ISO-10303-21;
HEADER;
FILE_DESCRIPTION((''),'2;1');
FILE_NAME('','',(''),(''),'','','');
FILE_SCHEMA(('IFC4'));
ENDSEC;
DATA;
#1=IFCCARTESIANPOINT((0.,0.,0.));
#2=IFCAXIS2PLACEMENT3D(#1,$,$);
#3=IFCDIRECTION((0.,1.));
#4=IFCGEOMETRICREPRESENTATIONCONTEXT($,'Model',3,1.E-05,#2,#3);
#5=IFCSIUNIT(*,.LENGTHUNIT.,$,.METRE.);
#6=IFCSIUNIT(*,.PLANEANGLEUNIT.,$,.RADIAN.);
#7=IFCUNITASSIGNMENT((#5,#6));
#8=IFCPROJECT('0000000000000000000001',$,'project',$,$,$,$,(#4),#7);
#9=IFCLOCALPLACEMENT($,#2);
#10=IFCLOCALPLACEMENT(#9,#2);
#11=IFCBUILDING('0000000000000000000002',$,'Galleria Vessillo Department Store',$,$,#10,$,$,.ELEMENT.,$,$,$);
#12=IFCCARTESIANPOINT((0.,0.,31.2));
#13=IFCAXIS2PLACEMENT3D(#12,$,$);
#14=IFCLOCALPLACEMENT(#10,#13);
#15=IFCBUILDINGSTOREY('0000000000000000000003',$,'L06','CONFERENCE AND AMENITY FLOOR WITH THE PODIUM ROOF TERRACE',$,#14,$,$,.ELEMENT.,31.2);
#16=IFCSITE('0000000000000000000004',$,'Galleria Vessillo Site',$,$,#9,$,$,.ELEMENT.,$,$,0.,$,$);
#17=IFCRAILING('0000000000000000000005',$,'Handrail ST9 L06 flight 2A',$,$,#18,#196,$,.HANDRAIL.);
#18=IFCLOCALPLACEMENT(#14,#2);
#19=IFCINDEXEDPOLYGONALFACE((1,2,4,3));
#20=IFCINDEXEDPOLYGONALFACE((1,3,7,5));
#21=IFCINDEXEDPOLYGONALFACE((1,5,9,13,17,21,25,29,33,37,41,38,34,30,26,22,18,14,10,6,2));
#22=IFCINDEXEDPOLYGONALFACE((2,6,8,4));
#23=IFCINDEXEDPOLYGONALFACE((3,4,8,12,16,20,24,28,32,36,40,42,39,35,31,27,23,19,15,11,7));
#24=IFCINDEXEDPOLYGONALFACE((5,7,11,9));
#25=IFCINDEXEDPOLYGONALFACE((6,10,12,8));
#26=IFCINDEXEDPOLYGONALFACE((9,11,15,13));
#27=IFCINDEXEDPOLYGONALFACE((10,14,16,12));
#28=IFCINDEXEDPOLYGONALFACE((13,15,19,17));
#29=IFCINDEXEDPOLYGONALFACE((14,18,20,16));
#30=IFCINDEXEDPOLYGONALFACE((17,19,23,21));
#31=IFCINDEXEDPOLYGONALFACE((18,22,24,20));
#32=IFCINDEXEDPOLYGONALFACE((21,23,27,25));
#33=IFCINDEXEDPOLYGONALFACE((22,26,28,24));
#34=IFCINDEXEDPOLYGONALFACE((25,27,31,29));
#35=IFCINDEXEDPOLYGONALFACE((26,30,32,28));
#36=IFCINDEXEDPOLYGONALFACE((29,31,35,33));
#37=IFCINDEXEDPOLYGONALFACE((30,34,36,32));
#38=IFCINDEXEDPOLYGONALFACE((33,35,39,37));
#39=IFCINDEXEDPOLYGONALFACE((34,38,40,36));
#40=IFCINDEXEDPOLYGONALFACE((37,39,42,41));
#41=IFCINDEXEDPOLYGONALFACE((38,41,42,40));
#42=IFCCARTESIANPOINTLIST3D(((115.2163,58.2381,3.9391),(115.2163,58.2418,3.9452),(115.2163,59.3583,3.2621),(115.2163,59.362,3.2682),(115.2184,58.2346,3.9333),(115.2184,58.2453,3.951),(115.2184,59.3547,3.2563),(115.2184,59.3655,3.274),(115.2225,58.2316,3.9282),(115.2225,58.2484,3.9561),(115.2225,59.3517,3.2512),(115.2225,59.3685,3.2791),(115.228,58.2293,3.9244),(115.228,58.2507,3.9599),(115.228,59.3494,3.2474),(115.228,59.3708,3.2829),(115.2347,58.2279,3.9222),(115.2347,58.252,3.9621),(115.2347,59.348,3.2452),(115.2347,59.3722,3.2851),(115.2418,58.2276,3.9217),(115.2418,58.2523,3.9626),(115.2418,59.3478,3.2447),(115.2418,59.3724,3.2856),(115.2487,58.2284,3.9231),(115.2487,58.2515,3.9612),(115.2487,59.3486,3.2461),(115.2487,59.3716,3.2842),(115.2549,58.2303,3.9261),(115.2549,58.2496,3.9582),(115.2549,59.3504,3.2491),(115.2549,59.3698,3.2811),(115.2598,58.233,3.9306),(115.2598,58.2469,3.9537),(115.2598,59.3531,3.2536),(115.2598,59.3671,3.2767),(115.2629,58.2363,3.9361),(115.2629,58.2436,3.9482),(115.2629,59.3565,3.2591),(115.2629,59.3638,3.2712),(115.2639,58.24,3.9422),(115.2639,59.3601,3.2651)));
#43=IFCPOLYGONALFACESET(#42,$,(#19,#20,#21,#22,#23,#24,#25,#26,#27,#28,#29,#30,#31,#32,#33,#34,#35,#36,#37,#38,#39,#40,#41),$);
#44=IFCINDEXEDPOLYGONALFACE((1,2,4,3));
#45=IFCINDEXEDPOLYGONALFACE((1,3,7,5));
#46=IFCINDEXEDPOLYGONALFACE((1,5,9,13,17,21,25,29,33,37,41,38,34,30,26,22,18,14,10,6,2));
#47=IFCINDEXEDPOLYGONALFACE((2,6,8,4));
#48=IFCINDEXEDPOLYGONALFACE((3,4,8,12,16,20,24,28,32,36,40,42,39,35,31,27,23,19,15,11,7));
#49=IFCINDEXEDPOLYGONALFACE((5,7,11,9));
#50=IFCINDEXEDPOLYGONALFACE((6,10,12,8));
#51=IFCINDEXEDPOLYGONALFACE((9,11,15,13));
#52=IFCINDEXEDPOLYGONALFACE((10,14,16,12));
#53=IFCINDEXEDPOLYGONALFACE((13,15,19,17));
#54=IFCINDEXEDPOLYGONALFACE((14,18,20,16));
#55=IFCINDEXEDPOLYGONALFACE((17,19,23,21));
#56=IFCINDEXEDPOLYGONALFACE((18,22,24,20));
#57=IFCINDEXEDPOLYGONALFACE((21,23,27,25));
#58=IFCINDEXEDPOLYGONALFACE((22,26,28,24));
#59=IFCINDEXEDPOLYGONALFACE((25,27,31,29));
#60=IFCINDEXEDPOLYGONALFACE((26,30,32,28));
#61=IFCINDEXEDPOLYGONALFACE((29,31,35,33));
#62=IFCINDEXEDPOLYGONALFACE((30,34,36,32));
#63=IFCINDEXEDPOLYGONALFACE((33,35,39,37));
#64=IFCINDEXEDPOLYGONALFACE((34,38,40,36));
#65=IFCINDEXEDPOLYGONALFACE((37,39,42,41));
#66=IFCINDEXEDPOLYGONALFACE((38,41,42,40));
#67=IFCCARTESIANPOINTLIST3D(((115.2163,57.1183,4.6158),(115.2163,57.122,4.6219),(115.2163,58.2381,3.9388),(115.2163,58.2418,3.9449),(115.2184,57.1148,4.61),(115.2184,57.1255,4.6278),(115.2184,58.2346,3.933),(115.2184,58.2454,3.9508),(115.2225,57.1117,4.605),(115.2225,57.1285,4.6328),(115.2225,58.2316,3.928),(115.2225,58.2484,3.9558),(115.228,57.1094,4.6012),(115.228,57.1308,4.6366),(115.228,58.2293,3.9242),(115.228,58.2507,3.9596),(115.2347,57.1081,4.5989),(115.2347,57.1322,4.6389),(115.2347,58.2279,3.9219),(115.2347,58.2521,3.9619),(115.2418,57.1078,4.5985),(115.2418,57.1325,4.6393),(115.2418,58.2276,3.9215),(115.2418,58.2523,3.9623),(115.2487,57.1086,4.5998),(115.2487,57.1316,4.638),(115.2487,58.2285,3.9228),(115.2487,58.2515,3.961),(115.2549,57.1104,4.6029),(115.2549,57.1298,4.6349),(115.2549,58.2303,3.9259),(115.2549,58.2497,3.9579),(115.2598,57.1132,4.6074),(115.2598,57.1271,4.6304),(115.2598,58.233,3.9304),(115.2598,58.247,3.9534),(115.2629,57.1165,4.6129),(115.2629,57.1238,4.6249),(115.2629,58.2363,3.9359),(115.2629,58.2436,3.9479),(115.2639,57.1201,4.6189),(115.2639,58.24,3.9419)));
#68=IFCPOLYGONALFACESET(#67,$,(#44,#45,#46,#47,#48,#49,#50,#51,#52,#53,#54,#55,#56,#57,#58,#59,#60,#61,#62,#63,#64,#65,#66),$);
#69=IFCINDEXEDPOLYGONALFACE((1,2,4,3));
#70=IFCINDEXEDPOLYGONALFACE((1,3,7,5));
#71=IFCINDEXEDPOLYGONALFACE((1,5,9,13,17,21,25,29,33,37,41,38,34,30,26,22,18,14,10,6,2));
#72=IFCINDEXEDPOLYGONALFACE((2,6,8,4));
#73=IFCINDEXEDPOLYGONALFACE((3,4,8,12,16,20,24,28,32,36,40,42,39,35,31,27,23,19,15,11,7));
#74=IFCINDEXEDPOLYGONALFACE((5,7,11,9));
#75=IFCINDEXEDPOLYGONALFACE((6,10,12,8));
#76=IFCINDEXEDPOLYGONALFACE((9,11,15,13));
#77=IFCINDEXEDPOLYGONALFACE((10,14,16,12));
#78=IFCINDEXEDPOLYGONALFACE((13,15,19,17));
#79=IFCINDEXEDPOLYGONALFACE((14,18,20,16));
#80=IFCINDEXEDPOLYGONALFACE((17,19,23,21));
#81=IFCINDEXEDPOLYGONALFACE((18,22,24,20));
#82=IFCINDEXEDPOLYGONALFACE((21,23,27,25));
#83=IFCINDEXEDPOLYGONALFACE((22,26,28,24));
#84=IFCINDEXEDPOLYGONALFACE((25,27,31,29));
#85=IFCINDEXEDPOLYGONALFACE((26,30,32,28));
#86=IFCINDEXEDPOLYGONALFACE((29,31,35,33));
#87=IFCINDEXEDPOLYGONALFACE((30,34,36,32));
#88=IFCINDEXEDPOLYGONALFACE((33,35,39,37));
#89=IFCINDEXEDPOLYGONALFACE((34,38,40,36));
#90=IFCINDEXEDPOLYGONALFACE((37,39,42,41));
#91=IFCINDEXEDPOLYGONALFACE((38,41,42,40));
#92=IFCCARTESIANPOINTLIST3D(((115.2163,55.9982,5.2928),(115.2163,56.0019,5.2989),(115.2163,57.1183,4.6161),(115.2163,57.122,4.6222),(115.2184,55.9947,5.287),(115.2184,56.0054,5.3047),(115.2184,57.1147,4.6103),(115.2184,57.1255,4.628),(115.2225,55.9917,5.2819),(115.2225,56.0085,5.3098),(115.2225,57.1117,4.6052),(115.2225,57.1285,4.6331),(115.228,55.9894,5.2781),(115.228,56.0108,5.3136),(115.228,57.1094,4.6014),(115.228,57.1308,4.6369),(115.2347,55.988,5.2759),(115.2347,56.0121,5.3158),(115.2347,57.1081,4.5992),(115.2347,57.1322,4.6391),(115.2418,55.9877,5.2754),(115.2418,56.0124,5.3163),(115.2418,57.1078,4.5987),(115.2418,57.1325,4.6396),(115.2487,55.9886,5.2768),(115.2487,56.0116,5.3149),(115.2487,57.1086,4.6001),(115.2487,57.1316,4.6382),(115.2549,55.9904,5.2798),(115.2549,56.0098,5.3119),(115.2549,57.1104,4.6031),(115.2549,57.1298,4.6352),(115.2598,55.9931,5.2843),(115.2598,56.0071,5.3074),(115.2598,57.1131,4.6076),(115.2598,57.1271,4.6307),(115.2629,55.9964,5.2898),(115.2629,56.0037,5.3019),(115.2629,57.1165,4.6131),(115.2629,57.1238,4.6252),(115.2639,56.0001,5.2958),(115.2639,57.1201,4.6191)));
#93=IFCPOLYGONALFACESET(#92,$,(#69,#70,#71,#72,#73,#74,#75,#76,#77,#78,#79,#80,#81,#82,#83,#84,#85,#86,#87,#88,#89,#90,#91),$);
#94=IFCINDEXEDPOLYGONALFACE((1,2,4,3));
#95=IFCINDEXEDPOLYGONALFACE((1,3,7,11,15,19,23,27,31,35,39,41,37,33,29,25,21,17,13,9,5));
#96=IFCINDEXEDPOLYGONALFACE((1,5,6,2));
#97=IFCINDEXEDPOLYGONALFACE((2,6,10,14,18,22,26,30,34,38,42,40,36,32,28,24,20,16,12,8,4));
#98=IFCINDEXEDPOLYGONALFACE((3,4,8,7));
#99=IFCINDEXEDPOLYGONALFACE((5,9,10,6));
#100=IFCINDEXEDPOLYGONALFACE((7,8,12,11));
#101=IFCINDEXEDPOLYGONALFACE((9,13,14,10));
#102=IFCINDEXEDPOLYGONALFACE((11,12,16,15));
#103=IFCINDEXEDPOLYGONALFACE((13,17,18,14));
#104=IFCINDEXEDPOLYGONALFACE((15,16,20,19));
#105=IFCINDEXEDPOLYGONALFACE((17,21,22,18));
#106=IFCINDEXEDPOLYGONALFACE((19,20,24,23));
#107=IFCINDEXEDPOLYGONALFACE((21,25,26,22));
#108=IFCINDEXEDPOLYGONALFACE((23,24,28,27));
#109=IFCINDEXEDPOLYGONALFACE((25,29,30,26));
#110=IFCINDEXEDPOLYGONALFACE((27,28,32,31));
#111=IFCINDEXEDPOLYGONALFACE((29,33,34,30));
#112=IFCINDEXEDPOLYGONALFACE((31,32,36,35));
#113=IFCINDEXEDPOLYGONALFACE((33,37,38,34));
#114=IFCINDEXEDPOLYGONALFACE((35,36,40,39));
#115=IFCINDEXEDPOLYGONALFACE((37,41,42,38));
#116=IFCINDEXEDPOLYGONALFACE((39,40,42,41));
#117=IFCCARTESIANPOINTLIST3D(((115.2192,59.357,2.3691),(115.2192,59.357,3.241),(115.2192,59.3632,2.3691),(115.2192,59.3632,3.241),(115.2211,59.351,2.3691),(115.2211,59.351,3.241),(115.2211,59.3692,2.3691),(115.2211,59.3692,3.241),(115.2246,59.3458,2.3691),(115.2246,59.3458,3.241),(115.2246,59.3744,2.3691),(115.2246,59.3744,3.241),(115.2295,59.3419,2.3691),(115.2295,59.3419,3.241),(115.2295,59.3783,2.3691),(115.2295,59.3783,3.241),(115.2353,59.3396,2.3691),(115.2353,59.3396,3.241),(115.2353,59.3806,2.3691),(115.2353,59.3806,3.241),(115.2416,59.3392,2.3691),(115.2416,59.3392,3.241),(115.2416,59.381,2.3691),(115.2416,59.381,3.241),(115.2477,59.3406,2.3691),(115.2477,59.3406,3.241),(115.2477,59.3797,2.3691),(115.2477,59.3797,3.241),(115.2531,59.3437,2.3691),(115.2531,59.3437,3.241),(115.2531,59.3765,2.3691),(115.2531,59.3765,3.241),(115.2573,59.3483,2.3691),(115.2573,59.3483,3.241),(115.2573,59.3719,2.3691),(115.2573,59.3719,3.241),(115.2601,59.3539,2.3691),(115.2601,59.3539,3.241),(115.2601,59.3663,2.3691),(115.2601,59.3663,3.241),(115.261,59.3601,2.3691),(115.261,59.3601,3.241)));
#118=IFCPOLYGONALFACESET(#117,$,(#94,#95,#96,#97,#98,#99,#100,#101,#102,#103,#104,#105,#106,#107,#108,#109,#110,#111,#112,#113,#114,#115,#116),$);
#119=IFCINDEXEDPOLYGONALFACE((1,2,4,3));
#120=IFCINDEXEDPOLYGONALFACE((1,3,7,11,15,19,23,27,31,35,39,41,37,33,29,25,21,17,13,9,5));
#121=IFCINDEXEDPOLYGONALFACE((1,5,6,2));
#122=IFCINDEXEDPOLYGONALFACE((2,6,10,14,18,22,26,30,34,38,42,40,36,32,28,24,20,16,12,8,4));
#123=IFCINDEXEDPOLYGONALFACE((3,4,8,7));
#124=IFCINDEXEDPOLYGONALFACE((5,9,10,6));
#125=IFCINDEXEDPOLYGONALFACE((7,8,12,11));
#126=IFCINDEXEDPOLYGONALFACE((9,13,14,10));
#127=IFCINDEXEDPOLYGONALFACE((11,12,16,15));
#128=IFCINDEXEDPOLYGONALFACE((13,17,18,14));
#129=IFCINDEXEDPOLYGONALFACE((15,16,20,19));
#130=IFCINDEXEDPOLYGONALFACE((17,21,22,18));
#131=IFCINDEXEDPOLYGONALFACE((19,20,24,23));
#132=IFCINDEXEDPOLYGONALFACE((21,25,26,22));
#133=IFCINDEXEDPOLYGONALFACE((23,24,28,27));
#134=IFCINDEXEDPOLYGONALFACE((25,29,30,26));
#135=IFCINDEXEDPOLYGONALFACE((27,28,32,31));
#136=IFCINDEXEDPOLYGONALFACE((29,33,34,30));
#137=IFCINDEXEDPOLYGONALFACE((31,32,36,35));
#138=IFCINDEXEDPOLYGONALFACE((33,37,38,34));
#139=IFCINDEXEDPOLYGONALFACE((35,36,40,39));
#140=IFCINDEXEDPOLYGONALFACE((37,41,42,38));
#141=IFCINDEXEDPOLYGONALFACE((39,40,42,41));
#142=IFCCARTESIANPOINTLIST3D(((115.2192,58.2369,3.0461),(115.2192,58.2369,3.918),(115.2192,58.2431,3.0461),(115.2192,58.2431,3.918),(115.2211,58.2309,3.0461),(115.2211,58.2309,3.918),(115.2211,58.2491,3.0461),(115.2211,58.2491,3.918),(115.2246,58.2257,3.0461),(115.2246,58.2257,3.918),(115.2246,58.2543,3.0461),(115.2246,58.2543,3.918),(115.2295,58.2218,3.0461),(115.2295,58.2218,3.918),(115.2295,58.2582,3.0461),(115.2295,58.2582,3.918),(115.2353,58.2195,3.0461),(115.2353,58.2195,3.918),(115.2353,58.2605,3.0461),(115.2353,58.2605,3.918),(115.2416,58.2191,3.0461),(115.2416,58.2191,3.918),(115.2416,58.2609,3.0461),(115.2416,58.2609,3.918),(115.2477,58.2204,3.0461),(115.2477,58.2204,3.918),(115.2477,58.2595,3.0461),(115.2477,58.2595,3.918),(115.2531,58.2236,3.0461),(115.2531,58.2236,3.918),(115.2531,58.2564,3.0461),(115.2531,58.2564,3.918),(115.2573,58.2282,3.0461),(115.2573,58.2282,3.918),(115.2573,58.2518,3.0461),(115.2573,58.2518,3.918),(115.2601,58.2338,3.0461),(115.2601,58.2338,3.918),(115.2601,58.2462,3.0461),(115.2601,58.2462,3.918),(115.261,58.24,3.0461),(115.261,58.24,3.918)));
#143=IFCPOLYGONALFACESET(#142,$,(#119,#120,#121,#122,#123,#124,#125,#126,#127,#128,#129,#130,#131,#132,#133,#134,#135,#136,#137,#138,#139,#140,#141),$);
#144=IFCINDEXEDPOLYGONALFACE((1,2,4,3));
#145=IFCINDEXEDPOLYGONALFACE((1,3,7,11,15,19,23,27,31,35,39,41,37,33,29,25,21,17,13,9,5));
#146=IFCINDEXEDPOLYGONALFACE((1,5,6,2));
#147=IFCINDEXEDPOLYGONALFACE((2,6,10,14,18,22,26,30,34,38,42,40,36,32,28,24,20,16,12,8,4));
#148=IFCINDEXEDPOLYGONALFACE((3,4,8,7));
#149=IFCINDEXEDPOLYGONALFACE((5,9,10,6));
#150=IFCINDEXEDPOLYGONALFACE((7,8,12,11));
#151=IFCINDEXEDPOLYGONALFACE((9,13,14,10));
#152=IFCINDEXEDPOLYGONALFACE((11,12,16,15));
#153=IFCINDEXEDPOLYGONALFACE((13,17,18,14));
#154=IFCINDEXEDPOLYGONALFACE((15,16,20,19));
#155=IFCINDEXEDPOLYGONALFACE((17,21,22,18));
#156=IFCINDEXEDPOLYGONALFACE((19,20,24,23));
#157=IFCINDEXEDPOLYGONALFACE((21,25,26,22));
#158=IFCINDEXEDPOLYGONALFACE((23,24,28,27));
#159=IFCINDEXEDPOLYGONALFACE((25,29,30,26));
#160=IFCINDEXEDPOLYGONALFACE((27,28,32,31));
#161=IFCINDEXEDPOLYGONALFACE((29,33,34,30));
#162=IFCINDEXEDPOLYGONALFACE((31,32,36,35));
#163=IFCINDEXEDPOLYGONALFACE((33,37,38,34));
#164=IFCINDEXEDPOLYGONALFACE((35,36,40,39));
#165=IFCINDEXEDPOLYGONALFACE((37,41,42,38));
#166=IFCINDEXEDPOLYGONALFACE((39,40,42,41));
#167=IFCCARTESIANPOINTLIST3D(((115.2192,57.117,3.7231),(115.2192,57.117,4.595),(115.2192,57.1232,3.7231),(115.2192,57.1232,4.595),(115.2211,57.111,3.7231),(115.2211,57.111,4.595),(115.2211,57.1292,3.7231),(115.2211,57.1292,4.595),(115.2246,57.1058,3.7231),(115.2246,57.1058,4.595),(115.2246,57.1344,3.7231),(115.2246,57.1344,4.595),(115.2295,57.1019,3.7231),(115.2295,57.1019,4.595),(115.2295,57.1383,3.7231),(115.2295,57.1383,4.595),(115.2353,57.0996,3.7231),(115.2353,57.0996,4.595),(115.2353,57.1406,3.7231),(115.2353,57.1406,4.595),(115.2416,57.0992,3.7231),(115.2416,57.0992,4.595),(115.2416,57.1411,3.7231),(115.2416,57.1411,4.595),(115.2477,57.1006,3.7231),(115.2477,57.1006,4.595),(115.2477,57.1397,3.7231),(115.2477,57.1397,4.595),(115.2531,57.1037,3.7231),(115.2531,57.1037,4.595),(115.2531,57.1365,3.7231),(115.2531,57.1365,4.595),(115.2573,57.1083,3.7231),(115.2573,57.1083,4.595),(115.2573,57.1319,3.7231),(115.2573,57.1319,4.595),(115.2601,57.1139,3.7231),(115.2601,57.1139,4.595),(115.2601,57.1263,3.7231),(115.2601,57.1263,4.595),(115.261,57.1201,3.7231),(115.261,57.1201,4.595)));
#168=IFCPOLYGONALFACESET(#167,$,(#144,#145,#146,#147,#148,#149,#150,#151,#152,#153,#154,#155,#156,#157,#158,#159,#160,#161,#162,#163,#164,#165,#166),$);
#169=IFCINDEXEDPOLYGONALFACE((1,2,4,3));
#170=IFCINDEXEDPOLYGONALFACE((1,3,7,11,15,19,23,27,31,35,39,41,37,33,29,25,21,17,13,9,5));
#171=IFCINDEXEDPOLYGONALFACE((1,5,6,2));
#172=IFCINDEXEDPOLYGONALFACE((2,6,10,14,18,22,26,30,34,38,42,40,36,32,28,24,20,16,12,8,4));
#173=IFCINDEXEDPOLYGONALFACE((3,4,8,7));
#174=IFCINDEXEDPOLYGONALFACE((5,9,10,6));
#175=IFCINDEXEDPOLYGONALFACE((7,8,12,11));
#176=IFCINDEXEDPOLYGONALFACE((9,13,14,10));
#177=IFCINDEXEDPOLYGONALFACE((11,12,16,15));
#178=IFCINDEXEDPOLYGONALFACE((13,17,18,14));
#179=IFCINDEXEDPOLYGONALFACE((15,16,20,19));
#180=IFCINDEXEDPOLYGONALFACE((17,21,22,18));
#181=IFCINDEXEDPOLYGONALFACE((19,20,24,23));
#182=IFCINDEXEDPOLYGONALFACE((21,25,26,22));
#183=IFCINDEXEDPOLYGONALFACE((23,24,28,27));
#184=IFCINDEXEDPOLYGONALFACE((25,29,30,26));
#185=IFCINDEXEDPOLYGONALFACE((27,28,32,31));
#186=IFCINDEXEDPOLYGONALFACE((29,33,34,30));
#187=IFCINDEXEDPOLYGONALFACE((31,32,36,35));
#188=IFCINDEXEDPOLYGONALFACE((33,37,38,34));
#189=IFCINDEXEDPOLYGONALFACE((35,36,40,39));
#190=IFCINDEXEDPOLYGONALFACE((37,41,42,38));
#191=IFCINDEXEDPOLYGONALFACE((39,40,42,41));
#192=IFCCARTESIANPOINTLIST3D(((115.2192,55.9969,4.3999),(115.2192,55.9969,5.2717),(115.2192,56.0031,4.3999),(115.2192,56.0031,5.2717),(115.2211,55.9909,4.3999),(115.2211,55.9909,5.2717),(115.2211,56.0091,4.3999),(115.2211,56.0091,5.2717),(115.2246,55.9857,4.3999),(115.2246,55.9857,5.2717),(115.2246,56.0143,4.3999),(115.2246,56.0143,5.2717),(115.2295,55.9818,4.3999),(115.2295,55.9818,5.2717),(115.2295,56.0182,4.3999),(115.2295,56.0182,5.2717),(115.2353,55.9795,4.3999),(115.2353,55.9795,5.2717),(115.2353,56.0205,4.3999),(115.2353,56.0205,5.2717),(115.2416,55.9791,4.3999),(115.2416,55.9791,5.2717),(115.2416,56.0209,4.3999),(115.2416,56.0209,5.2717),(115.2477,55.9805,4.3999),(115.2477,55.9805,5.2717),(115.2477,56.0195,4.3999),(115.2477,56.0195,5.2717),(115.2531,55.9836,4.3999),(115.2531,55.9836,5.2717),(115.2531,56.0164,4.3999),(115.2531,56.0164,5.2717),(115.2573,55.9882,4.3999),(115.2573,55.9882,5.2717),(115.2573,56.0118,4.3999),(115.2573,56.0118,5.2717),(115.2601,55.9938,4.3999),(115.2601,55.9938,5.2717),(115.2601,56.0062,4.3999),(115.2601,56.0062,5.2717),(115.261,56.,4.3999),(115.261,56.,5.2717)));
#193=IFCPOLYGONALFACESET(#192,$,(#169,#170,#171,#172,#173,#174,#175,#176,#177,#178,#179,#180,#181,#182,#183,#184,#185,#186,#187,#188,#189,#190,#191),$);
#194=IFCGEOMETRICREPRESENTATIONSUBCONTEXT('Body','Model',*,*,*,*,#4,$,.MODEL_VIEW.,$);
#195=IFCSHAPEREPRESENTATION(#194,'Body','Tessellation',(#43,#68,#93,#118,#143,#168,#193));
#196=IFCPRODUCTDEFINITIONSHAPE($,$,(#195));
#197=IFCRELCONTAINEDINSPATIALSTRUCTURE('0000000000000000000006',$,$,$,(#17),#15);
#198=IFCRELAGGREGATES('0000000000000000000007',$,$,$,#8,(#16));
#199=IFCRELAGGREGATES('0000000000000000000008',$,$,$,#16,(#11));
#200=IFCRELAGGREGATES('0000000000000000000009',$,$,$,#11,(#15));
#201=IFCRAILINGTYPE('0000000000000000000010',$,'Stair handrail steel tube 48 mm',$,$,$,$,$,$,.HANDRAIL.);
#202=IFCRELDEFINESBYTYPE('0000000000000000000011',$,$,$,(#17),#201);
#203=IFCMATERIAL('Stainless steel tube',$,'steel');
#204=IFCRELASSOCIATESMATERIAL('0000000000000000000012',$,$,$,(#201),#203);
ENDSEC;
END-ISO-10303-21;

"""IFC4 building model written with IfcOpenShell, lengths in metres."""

from ifc_helpers import new_model, si_unit, direction, frame, origin, origin_2d, place, context, subcontext, project, spatial, circle, extrude, material, type_object, element, save


model = new_model("IFC4")

# Units and contexts
model_context = context("Model", 3, precision=1e-05, world=origin(), true_north=direction((0.0, 1.0)))
body_context = subcontext(model_context, "Body", "Model", "MODEL_VIEW")
ifc_project = project(units=[si_unit("LENGTHUNIT", "METRE"), si_unit("PLANEANGLEUNIT", "RADIAN")], contexts=[model_context])

# Site, building, storey
site_placement = place(None, origin())
site = spatial("IfcSite", under=ifc_project, at=site_placement, Name="Galleria Vessillo Site", CompositionType="ELEMENT", RefElevation=0.0)
building_placement = place(site_placement, origin())
building = spatial("IfcBuilding", under=site, at=building_placement, Name="Galleria Vessillo Department Store", CompositionType="ELEMENT")
storey_placement = place(building_placement, frame((0.0, 0.0, 31.2)))
storey = spatial("IfcBuildingStorey", under=building, at=storey_placement, Name="L06", Description="CONFERENCE AND AMENITY FLOOR WITH THE PODIUM ROOF TERRACE", CompositionType="ELEMENT", Elevation=31.2)

# Railing
ifc_material_1 = material(Name="Stainless steel tube", Category="steel")
railing_type = type_object("IfcRailingType", Name="Stair handrail steel tube 48 mm", PredefinedType="HANDRAIL", material=ifc_material_1)
for number, where, name in (
    (1, (115.24, 59.3601, 2.3691), "Handrail ST9 L06 flight 2A"),
):
    element("IfcRailing", number, at=place(storey_placement, frame(where)), inside=storey, type_object=railing_type, Name=name, PredefinedType="HANDRAIL", context=body_context, shape_type="SweptSolid", body=[
        extrude(circle(Radius=0.0239, at=origin_2d()), frame((0.0, 0.0, 0.896), z_axis=(0.0, -0.855826, 0.517264), x_axis=(1.0, 0.0, 0.0)), (0.0, 0.0, 1.0), 1.3088),
        extrude(circle(Radius=0.0239, at=origin_2d()), frame((0.0, -1.1201, 1.5728), z_axis=(0.0, -0.855776, 0.517346), x_axis=(1.0, 0.0, 0.0)), (0.0, 0.0, 1.0), 1.3086),
        extrude(circle(Radius=0.0239, at=origin_2d()), frame((0.0, -2.24, 2.25), z_axis=(0.0, -0.855909, 0.517127), x_axis=(1.0, 0.0, 0.0)), (0.0, 0.0, 1.0), 1.3086),
        extrude(circle(Radius=0.021, at=origin_2d()), origin(), (0.0, 0.0, 1.0), 0.8718),
        extrude(circle(Radius=0.021, at=origin_2d()), frame((0.0, -1.1201, 0.677)), (0.0, 0.0, 1.0), 0.8718),
        extrude(circle(Radius=0.021, at=origin_2d()), frame((0.0, -2.24, 1.354)), (0.0, 0.0, 1.0), 0.8718),
        extrude(circle(Radius=0.021, at=origin_2d()), frame((0.0, -3.3601, 2.0308)), (0.0, 0.0, 1.0), 0.8718),
    ])

save(model, "model.ifc")
